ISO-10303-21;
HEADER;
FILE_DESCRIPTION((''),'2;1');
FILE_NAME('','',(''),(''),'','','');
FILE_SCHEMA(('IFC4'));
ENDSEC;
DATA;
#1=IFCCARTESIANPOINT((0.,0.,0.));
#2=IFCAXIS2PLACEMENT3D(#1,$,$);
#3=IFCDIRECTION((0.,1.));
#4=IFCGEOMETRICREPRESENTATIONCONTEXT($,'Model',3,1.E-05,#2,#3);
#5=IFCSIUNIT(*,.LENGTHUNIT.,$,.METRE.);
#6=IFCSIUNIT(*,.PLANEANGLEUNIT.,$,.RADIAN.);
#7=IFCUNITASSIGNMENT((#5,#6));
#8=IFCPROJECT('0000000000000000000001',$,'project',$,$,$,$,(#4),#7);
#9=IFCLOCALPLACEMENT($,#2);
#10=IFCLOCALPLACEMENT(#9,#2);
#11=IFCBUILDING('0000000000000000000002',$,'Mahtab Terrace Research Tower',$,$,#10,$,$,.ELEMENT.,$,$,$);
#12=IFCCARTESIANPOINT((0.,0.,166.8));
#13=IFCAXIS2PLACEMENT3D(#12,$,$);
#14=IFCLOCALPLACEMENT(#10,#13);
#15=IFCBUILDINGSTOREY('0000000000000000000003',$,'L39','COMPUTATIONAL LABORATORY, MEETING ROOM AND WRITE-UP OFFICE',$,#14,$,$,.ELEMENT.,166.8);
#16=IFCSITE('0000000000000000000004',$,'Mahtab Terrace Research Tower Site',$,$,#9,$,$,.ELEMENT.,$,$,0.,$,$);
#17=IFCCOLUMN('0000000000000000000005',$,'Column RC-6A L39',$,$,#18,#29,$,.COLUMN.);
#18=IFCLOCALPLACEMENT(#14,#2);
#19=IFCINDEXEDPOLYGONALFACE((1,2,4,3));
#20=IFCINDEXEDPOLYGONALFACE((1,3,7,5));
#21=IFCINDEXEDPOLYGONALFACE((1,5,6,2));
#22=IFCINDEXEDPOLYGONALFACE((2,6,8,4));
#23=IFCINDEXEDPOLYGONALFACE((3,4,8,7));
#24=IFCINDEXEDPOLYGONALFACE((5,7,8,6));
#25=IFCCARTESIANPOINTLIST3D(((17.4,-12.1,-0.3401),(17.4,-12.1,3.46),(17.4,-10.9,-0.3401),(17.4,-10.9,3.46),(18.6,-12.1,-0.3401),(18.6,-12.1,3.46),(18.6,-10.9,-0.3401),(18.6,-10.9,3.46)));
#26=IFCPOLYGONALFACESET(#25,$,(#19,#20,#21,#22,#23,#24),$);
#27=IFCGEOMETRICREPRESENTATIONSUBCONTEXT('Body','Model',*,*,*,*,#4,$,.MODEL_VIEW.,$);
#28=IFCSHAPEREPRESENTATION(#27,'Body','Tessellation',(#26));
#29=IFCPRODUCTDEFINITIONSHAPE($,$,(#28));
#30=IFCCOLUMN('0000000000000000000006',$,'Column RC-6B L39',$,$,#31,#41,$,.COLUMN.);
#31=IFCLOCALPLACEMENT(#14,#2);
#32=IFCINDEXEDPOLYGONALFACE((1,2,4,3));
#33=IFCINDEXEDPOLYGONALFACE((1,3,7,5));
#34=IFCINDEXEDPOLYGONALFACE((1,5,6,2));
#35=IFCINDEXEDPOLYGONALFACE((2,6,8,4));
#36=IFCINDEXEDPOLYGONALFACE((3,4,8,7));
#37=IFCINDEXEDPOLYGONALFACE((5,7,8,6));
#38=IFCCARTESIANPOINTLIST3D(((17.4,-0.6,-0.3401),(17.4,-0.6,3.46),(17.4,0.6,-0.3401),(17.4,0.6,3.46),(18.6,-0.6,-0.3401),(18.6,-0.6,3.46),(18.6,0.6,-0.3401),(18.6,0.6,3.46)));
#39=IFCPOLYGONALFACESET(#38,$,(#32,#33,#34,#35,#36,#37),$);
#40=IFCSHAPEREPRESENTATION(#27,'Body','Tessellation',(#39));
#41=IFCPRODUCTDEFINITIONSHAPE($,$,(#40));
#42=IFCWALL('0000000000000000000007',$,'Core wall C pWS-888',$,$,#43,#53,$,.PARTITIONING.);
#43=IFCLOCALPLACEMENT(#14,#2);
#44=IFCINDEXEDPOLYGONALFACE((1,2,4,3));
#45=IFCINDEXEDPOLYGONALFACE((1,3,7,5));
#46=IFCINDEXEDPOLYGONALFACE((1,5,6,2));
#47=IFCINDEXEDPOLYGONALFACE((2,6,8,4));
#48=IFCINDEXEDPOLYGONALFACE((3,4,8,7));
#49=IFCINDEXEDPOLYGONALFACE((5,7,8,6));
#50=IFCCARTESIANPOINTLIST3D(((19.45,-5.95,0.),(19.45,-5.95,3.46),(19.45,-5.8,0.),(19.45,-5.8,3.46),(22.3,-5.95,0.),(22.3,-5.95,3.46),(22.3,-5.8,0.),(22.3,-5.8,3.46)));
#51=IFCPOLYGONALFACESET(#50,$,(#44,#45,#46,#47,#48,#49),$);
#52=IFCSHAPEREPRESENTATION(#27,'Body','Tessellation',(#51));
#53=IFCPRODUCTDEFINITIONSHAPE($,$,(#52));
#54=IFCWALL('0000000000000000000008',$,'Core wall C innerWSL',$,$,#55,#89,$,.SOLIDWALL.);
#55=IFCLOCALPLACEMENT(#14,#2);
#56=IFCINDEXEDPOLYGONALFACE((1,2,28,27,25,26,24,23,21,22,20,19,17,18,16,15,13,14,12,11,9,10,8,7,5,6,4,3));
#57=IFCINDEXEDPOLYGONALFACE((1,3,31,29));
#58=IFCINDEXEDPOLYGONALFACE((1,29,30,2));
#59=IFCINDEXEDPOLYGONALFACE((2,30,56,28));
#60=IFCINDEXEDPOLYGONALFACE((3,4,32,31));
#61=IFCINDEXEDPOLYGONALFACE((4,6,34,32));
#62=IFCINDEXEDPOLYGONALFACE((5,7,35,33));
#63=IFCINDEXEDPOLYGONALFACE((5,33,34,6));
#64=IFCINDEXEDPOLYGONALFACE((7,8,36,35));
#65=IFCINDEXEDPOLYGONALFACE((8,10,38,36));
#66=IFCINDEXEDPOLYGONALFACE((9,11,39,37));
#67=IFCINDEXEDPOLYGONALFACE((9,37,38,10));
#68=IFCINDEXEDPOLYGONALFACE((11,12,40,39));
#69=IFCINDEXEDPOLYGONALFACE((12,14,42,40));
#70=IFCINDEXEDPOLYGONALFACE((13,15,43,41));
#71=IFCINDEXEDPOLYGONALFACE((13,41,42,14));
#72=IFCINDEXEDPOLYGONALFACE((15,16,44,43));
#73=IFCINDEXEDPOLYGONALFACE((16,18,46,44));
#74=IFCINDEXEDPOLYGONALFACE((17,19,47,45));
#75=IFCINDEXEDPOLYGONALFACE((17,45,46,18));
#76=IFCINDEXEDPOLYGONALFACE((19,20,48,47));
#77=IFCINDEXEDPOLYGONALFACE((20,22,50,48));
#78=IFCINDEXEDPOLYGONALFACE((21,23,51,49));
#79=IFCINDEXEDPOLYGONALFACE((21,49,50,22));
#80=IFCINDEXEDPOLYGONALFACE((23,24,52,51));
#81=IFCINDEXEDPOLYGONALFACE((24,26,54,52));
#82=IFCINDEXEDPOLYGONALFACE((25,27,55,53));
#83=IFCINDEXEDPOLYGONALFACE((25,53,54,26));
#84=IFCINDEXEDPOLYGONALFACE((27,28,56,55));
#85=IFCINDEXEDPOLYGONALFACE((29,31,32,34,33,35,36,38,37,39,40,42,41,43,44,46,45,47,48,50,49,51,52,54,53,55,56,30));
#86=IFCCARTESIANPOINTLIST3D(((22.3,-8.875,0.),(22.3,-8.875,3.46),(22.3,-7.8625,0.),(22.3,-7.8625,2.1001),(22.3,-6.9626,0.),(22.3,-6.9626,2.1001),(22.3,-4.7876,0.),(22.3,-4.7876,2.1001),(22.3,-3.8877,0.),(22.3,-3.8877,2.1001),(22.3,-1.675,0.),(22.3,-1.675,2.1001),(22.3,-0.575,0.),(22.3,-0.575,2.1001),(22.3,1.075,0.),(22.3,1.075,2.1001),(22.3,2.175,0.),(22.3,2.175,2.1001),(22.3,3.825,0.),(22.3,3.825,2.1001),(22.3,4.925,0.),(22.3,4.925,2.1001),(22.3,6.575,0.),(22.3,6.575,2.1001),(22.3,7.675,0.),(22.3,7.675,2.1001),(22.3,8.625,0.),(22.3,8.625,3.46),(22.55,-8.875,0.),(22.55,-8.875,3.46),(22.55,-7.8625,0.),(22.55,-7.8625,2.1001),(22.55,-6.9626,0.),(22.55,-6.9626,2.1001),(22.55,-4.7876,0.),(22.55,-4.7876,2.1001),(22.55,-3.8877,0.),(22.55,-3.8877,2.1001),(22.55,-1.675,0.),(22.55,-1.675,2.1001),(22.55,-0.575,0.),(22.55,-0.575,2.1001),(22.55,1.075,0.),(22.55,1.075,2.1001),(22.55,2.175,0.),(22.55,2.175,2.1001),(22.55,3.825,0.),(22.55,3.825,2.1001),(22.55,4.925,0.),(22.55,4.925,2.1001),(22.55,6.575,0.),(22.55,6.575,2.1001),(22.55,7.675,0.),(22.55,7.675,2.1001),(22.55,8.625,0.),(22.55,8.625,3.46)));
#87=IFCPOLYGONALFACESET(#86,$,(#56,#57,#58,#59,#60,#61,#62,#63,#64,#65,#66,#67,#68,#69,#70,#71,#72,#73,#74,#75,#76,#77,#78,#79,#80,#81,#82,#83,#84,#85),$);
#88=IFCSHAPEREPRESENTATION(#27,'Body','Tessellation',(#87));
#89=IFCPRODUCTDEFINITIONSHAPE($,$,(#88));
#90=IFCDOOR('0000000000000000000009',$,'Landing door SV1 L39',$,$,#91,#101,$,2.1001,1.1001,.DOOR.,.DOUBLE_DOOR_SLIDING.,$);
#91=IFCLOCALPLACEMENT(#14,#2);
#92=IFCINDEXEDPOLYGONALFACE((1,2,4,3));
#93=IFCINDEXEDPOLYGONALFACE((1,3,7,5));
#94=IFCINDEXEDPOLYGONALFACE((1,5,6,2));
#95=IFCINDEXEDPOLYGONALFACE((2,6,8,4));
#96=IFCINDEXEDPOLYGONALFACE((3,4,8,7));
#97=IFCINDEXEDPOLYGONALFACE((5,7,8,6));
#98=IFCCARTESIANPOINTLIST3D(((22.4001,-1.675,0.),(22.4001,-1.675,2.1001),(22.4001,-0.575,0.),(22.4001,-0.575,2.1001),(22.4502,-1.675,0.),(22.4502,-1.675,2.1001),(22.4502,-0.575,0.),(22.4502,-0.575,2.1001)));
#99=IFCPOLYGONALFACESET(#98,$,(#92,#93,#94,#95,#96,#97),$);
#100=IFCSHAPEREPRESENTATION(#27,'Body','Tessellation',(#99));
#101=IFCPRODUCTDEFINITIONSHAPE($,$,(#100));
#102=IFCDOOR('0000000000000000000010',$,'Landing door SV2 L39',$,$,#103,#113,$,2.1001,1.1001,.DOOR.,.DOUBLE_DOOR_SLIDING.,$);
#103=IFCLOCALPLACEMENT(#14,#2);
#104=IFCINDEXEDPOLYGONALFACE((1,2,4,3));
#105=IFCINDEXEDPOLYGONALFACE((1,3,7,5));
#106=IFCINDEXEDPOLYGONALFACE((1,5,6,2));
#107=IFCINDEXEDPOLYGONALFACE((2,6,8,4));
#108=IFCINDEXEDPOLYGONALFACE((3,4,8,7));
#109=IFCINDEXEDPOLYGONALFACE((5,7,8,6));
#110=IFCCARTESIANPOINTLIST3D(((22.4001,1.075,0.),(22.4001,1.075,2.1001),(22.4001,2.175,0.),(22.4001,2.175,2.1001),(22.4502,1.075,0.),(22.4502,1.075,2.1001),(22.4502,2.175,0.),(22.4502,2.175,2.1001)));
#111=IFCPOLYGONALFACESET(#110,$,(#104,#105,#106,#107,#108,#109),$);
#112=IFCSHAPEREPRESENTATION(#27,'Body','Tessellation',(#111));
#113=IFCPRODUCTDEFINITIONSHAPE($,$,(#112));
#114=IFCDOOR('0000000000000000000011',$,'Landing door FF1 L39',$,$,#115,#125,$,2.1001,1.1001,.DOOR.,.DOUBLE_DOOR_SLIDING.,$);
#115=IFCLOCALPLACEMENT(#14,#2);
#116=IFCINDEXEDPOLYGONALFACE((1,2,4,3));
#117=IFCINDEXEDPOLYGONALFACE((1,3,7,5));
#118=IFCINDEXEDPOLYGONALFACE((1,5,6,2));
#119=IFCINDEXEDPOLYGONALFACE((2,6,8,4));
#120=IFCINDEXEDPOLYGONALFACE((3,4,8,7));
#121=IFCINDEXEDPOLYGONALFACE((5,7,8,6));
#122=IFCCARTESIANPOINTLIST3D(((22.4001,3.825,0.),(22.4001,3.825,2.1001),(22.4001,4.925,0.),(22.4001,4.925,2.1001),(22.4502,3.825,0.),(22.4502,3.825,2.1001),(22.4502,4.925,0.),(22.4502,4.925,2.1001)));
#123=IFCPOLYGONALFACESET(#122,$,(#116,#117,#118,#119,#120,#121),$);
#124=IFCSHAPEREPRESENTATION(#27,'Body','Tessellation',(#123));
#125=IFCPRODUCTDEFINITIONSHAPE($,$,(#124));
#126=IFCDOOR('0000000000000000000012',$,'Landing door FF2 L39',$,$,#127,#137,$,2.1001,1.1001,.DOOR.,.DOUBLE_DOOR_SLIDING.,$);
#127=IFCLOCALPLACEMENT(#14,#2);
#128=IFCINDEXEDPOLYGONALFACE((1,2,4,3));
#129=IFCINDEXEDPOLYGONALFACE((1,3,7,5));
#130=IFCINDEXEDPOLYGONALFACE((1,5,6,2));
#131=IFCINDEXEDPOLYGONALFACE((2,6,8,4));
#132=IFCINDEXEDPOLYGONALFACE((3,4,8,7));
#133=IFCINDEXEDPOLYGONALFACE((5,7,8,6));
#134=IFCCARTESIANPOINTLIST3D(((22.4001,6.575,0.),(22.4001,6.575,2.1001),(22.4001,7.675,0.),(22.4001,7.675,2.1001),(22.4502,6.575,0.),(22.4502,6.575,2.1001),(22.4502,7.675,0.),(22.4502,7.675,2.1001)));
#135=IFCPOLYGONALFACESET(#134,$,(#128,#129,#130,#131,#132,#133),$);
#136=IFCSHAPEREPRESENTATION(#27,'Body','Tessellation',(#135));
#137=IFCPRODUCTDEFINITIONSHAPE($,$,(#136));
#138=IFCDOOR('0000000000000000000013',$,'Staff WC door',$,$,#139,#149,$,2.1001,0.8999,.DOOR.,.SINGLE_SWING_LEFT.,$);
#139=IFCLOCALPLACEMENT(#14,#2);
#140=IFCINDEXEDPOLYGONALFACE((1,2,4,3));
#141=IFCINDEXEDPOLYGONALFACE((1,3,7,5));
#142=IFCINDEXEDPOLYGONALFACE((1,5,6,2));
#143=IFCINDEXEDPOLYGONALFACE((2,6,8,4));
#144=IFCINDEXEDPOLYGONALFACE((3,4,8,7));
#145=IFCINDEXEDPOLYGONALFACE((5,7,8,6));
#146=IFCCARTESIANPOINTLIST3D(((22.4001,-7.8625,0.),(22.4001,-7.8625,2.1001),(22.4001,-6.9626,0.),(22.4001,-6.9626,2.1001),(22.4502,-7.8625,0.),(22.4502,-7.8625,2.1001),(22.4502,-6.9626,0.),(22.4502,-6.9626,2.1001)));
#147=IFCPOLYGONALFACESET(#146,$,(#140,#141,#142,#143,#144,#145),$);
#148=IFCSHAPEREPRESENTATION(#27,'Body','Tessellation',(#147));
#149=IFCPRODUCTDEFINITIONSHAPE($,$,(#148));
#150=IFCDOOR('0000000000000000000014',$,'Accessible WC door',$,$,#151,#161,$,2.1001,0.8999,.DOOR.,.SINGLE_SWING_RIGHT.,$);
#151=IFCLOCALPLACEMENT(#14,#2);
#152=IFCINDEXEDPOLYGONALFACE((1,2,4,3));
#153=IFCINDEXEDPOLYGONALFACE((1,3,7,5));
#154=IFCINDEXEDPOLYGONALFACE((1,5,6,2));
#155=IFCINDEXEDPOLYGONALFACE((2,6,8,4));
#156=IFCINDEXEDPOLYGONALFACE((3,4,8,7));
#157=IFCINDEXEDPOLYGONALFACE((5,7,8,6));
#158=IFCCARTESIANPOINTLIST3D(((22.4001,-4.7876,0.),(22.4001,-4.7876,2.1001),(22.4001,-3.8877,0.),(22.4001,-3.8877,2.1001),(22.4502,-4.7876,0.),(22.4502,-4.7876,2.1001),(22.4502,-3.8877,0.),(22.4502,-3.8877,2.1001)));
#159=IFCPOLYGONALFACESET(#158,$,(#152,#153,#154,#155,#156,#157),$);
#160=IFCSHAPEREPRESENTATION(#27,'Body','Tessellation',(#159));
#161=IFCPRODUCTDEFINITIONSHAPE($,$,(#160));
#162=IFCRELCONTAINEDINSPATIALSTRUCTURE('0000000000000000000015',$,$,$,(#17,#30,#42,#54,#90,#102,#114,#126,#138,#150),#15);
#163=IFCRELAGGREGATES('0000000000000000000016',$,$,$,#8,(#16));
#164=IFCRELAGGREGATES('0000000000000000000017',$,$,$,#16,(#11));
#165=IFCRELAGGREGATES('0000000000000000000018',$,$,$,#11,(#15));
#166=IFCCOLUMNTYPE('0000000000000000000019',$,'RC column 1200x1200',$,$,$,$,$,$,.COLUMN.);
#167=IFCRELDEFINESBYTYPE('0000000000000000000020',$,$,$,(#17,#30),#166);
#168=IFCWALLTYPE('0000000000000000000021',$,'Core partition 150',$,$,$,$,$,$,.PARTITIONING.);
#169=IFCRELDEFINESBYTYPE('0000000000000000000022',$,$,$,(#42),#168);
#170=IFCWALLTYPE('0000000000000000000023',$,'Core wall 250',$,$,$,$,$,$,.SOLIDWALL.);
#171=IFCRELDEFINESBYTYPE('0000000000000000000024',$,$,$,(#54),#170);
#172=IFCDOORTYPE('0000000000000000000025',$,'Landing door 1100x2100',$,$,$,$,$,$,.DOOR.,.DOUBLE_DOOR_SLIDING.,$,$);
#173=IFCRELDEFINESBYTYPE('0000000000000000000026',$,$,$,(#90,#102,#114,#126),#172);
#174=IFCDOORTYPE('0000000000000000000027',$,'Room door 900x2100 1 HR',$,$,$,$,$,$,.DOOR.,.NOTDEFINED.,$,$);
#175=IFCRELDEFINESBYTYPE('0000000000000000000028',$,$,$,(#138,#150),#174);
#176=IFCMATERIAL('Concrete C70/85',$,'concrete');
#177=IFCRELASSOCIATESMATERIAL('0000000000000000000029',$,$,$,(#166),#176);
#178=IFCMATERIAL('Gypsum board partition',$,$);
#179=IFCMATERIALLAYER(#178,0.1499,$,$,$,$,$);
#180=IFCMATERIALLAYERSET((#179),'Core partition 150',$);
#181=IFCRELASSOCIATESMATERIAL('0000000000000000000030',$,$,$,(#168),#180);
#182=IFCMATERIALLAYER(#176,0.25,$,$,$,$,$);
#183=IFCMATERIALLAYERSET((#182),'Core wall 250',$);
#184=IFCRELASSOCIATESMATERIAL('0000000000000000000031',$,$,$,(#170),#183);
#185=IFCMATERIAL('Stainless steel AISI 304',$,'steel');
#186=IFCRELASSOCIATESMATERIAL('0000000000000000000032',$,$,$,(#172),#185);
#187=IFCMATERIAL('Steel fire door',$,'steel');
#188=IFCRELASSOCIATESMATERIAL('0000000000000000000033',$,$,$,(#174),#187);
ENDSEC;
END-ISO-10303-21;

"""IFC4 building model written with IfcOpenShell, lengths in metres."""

from ifc_helpers import new_model, si_unit, direction, frame, frame_2d, origin, origin_2d, place, context, subcontext, project, spatial, rectangle, extrude, material, layer, layer_set, material_profile, profile_set, type_object, element, fill, save


model = new_model("IFC4")

# Units and contexts
model_context = context("Model", 3, precision=1e-05, world=origin(), true_north=direction((0.0, 1.0)))
body_context = subcontext(model_context, "Body", "Model", "MODEL_VIEW")
ifc_project = project(units=[si_unit("LENGTHUNIT", "METRE"), si_unit("PLANEANGLEUNIT", "RADIAN")], contexts=[model_context])

# Site, building, storey
site_placement = place(None, origin())
site = spatial("IfcSite", under=ifc_project, at=site_placement, Name="Mahtab Terrace Research Tower Site", CompositionType="ELEMENT", RefElevation=0.0)
building_placement = place(site_placement, origin())
building = spatial("IfcBuilding", under=site, at=building_placement, Name="Mahtab Terrace Research Tower", CompositionType="ELEMENT")
storey_placement = place(building_placement, frame((0.0, 0.0, 166.8)))
storey = spatial("IfcBuildingStorey", under=building, at=storey_placement, Name="L39", Description="COMPUTATIONAL LABORATORY, MEETING ROOM AND WRITE-UP OFFICE", CompositionType="ELEMENT", Elevation=166.8)

# Columns
ifc_material_1 = material(Name="Concrete C70/85", Category="concrete")
ifc_material_profile = material_profile(ifc_material_1, rectangle(XDim=1.2, YDim=1.2, at=origin_2d()), Name="RC column 1200x1200")
ifc_profile_set = profile_set([ifc_material_profile], Name="Concrete C70/85")
column_type = type_object("IfcColumnType", Name="RC column 1200x1200", PredefinedType="COLUMN", material=ifc_profile_set)
for number, where, z_axis, x_axis, name in (
    (1, (18.0, -11.5, -0.3401), (0.0, 0.0, 1.0), (1.0, 0.0, 0.0), "Column RC-6A L39"),
    (2, (18.0, 0.0, -0.3401), (0.0, 0.0, 1.0), (1.0, 0.0, 0.0), "Column RC-6B L39"),
):
    element("IfcColumn", number, at=place(storey_placement, frame(where, z_axis=z_axis, x_axis=x_axis)), inside=storey, type_object=column_type, Name=name, PredefinedType="COLUMN", context=body_context, shape_type="SweptSolid", body=[
        extrude(rectangle(XDim=1.2, YDim=1.2, at=origin_2d()), origin(), (0.0, 0.0, 1.0), 3.8),
    ])

# Wall
ifc_material_2 = material(Name="Gypsum board partition")
ifc_layer_1 = layer(ifc_material_2, 0.1499)
ifc_layer_set_1 = layer_set([ifc_layer_1], Name="Core partition 150")
wall_type_1 = type_object("IfcWallType", Name="Core partition 150", PredefinedType="PARTITIONING", material=ifc_layer_set_1)
wall_1_placement = place(storey_placement, frame((19.45, -5.875, 0.0), z_axis=(0.0, 0.0, 1.0), x_axis=(1.0, 0.0, 0.0)))
element("IfcWall", 3, at=wall_1_placement, inside=storey, type_object=wall_type_1, Name="Core wall C pWS-888", PredefinedType="PARTITIONING", context=body_context, shape_type="SweptSolid", body=[
    extrude(rectangle(XDim=2.8501, YDim=0.1499, at=frame_2d((1.425, 0.0))), origin(), (0.0, 0.0, 1.0), 3.46),
])

# Wall, openings, doors
ifc_layer_2 = layer(ifc_material_1, 0.25)
ifc_layer_set_2 = layer_set([ifc_layer_2], Name="Core wall 250")
wall_type_2 = type_object("IfcWallType", Name="Core wall 250", PredefinedType="SOLIDWALL", material=ifc_layer_set_2)
wall_2_placement = place(storey_placement, frame((22.425, -8.875, 0.0), z_axis=(0.0, 0.0, 1.0), x_axis=(0.0, 1.0, 0.0)))
wall_2 = element("IfcWall", 4, at=wall_2_placement, inside=storey, type_object=wall_type_2, Name="Core wall C innerWSL", PredefinedType="SOLIDWALL", context=body_context, shape_type="SweptSolid", body=[
    extrude(rectangle(XDim=17.5, YDim=0.25, at=frame_2d((8.75, 0.0))), origin(), (0.0, 0.0, 1.0), 3.46),
])
opening_1_placement = place(wall_2_placement, frame((7.2, 0.0, 0.0)))
opening_1 = element("IfcOpeningElement", 5, at=opening_1_placement, cuts=wall_2, PredefinedType="OPENING", context=body_context, shape_type="SweptSolid", body=[
    extrude(rectangle(XDim=1.1001, YDim=2.1001, at=frame_2d((0.55, 1.05))), frame((0.0, 0.135, 0.0), z_axis=(0.0, -1.0, 0.0), x_axis=(1.0, 0.0, 0.0)), (0.0, 0.0, 1.0), 0.27),
])
opening_2_placement = place(wall_2_placement, frame((9.95, 0.0, 0.0)))
opening_2 = element("IfcOpeningElement", 6, at=opening_2_placement, cuts=wall_2, PredefinedType="OPENING", context=body_context, shape_type="SweptSolid", body=[
    extrude(rectangle(XDim=1.1001, YDim=2.1001, at=frame_2d((0.55, 1.05))), frame((0.0, 0.135, 0.0), z_axis=(0.0, -1.0, 0.0), x_axis=(1.0, 0.0, 0.0)), (0.0, 0.0, 1.0), 0.27),
])
opening_3_placement = place(wall_2_placement, frame((12.7, 0.0, 0.0)))
opening_3 = element("IfcOpeningElement", 7, at=opening_3_placement, cuts=wall_2, PredefinedType="OPENING", context=body_context, shape_type="SweptSolid", body=[
    extrude(rectangle(XDim=1.1001, YDim=2.1001, at=frame_2d((0.55, 1.05))), frame((0.0, 0.135, 0.0), z_axis=(0.0, -1.0, 0.0), x_axis=(1.0, 0.0, 0.0)), (0.0, 0.0, 1.0), 0.27),
])
opening_4_placement = place(wall_2_placement, frame((15.45, 0.0, 0.0)))
opening_4 = element("IfcOpeningElement", 8, at=opening_4_placement, cuts=wall_2, PredefinedType="OPENING", context=body_context, shape_type="SweptSolid", body=[
    extrude(rectangle(XDim=1.1001, YDim=2.1001, at=frame_2d((0.55, 1.05))), frame((0.0, 0.135, 0.0), z_axis=(0.0, -1.0, 0.0), x_axis=(1.0, 0.0, 0.0)), (0.0, 0.0, 1.0), 0.27),
])
opening_5_placement = place(wall_2_placement, frame((1.0125, 0.0, 0.0)))
opening_5 = element("IfcOpeningElement", 9, at=opening_5_placement, cuts=wall_2, PredefinedType="OPENING", context=body_context, shape_type="SweptSolid", body=[
    extrude(rectangle(XDim=0.8999, YDim=2.1001, at=frame_2d((0.45, 1.05))), frame((0.0, 0.135, 0.0), z_axis=(0.0, -1.0, 0.0), x_axis=(1.0, 0.0, 0.0)), (0.0, 0.0, 1.0), 0.27),
])
opening_6_placement = place(wall_2_placement, frame((4.0874, 0.0, 0.0)))
opening_6 = element("IfcOpeningElement", 10, at=opening_6_placement, cuts=wall_2, PredefinedType="OPENING", context=body_context, shape_type="SweptSolid", body=[
    extrude(rectangle(XDim=0.8999, YDim=2.1001, at=frame_2d((0.45, 1.05))), frame((0.0, 0.135, 0.0), z_axis=(0.0, -1.0, 0.0), x_axis=(1.0, 0.0, 0.0)), (0.0, 0.0, 1.0), 0.27),
])
ifc_material_3 = material(Name="Stainless steel AISI 304", Category="steel")
door_type_1 = type_object("IfcDoorType", Name="Landing door 1100x2100", OperationType="DOUBLE_DOOR_SLIDING", PredefinedType="DOOR", material=ifc_material_3)
door_1_placement = place(opening_1_placement, origin())
door_1 = element("IfcDoor", 11, at=door_1_placement, inside=storey, type_object=door_type_1, Name="Landing door SV1 L39", OperationType="DOUBLE_DOOR_SLIDING", OverallHeight=2.1001, OverallWidth=1.1001, PredefinedType="DOOR", context=body_context, shape_type="SweptSolid", body=[
    extrude(rectangle(XDim=1.1001, YDim=2.1001, at=frame_2d((0.55, 1.05))), frame((0.0, 0.0249, 0.0), z_axis=(0.0, -1.0, 0.0), x_axis=(1.0, 0.0, 0.0)), (0.0, 0.0, 1.0), 0.05),
])
fill(opening_1, door_1)
door_2_placement = place(opening_2_placement, origin())
door_2 = element("IfcDoor", 12, at=door_2_placement, inside=storey, type_object=door_type_1, Name="Landing door SV2 L39", OperationType="DOUBLE_DOOR_SLIDING", OverallHeight=2.1001, OverallWidth=1.1001, PredefinedType="DOOR", context=body_context, shape_type="SweptSolid", body=[
    extrude(rectangle(XDim=1.1001, YDim=2.1001, at=frame_2d((0.55, 1.05))), frame((0.0, 0.0249, 0.0), z_axis=(0.0, -1.0, 0.0), x_axis=(1.0, 0.0, 0.0)), (0.0, 0.0, 1.0), 0.05),
])
fill(opening_2, door_2)
door_3_placement = place(opening_3_placement, origin())
door_3 = element("IfcDoor", 13, at=door_3_placement, inside=storey, type_object=door_type_1, Name="Landing door FF1 L39", OperationType="DOUBLE_DOOR_SLIDING", OverallHeight=2.1001, OverallWidth=1.1001, PredefinedType="DOOR", context=body_context, shape_type="SweptSolid", body=[
    extrude(rectangle(XDim=1.1001, YDim=2.1001, at=frame_2d((0.55, 1.05))), frame((0.0, 0.0249, 0.0), z_axis=(0.0, -1.0, 0.0), x_axis=(1.0, 0.0, 0.0)), (0.0, 0.0, 1.0), 0.05),
])
fill(opening_3, door_3)
door_4_placement = place(opening_4_placement, origin())
door_4 = element("IfcDoor", 14, at=door_4_placement, inside=storey, type_object=door_type_1, Name="Landing door FF2 L39", OperationType="DOUBLE_DOOR_SLIDING", OverallHeight=2.1001, OverallWidth=1.1001, PredefinedType="DOOR", context=body_context, shape_type="SweptSolid", body=[
    extrude(rectangle(XDim=1.1001, YDim=2.1001, at=frame_2d((0.55, 1.05))), frame((0.0, 0.0249, 0.0), z_axis=(0.0, -1.0, 0.0), x_axis=(1.0, 0.0, 0.0)), (0.0, 0.0, 1.0), 0.05),
])
fill(opening_4, door_4)
ifc_material_4 = material(Name="Steel fire door", Category="steel")
door_type_2 = type_object("IfcDoorType", Name="Room door 900x2100 1 HR", OperationType="NOTDEFINED", PredefinedType="DOOR", material=ifc_material_4)
door_5_placement = place(opening_5_placement, origin())
door_5 = element("IfcDoor", 15, at=door_5_placement, inside=storey, type_object=door_type_2, Name="Staff WC door", OperationType="SINGLE_SWING_LEFT", OverallHeight=2.1001, OverallWidth=0.8999, PredefinedType="DOOR", context=body_context, shape_type="SweptSolid", body=[
    extrude(rectangle(XDim=0.8999, YDim=2.1001, at=frame_2d((0.45, 1.05))), frame((0.0, 0.0249, 0.0), z_axis=(0.0, -1.0, 0.0), x_axis=(1.0, 0.0, 0.0)), (0.0, 0.0, 1.0), 0.05),
])
fill(opening_5, door_5)
door_6_placement = place(opening_6_placement, origin())
door_6 = element("IfcDoor", 16, at=door_6_placement, inside=storey, type_object=door_type_2, Name="Accessible WC door", OperationType="SINGLE_SWING_RIGHT", OverallHeight=2.1001, OverallWidth=0.8999, PredefinedType="DOOR", context=body_context, shape_type="SweptSolid", body=[
    extrude(rectangle(XDim=0.8999, YDim=2.1001, at=frame_2d((0.45, 1.05))), frame((0.0, 0.0249, 0.0), z_axis=(0.0, -1.0, 0.0), x_axis=(1.0, 0.0, 0.0)), (0.0, 0.0, 1.0), 0.05),
])
fill(opening_6, door_6)

save(model, "model.ifc")
